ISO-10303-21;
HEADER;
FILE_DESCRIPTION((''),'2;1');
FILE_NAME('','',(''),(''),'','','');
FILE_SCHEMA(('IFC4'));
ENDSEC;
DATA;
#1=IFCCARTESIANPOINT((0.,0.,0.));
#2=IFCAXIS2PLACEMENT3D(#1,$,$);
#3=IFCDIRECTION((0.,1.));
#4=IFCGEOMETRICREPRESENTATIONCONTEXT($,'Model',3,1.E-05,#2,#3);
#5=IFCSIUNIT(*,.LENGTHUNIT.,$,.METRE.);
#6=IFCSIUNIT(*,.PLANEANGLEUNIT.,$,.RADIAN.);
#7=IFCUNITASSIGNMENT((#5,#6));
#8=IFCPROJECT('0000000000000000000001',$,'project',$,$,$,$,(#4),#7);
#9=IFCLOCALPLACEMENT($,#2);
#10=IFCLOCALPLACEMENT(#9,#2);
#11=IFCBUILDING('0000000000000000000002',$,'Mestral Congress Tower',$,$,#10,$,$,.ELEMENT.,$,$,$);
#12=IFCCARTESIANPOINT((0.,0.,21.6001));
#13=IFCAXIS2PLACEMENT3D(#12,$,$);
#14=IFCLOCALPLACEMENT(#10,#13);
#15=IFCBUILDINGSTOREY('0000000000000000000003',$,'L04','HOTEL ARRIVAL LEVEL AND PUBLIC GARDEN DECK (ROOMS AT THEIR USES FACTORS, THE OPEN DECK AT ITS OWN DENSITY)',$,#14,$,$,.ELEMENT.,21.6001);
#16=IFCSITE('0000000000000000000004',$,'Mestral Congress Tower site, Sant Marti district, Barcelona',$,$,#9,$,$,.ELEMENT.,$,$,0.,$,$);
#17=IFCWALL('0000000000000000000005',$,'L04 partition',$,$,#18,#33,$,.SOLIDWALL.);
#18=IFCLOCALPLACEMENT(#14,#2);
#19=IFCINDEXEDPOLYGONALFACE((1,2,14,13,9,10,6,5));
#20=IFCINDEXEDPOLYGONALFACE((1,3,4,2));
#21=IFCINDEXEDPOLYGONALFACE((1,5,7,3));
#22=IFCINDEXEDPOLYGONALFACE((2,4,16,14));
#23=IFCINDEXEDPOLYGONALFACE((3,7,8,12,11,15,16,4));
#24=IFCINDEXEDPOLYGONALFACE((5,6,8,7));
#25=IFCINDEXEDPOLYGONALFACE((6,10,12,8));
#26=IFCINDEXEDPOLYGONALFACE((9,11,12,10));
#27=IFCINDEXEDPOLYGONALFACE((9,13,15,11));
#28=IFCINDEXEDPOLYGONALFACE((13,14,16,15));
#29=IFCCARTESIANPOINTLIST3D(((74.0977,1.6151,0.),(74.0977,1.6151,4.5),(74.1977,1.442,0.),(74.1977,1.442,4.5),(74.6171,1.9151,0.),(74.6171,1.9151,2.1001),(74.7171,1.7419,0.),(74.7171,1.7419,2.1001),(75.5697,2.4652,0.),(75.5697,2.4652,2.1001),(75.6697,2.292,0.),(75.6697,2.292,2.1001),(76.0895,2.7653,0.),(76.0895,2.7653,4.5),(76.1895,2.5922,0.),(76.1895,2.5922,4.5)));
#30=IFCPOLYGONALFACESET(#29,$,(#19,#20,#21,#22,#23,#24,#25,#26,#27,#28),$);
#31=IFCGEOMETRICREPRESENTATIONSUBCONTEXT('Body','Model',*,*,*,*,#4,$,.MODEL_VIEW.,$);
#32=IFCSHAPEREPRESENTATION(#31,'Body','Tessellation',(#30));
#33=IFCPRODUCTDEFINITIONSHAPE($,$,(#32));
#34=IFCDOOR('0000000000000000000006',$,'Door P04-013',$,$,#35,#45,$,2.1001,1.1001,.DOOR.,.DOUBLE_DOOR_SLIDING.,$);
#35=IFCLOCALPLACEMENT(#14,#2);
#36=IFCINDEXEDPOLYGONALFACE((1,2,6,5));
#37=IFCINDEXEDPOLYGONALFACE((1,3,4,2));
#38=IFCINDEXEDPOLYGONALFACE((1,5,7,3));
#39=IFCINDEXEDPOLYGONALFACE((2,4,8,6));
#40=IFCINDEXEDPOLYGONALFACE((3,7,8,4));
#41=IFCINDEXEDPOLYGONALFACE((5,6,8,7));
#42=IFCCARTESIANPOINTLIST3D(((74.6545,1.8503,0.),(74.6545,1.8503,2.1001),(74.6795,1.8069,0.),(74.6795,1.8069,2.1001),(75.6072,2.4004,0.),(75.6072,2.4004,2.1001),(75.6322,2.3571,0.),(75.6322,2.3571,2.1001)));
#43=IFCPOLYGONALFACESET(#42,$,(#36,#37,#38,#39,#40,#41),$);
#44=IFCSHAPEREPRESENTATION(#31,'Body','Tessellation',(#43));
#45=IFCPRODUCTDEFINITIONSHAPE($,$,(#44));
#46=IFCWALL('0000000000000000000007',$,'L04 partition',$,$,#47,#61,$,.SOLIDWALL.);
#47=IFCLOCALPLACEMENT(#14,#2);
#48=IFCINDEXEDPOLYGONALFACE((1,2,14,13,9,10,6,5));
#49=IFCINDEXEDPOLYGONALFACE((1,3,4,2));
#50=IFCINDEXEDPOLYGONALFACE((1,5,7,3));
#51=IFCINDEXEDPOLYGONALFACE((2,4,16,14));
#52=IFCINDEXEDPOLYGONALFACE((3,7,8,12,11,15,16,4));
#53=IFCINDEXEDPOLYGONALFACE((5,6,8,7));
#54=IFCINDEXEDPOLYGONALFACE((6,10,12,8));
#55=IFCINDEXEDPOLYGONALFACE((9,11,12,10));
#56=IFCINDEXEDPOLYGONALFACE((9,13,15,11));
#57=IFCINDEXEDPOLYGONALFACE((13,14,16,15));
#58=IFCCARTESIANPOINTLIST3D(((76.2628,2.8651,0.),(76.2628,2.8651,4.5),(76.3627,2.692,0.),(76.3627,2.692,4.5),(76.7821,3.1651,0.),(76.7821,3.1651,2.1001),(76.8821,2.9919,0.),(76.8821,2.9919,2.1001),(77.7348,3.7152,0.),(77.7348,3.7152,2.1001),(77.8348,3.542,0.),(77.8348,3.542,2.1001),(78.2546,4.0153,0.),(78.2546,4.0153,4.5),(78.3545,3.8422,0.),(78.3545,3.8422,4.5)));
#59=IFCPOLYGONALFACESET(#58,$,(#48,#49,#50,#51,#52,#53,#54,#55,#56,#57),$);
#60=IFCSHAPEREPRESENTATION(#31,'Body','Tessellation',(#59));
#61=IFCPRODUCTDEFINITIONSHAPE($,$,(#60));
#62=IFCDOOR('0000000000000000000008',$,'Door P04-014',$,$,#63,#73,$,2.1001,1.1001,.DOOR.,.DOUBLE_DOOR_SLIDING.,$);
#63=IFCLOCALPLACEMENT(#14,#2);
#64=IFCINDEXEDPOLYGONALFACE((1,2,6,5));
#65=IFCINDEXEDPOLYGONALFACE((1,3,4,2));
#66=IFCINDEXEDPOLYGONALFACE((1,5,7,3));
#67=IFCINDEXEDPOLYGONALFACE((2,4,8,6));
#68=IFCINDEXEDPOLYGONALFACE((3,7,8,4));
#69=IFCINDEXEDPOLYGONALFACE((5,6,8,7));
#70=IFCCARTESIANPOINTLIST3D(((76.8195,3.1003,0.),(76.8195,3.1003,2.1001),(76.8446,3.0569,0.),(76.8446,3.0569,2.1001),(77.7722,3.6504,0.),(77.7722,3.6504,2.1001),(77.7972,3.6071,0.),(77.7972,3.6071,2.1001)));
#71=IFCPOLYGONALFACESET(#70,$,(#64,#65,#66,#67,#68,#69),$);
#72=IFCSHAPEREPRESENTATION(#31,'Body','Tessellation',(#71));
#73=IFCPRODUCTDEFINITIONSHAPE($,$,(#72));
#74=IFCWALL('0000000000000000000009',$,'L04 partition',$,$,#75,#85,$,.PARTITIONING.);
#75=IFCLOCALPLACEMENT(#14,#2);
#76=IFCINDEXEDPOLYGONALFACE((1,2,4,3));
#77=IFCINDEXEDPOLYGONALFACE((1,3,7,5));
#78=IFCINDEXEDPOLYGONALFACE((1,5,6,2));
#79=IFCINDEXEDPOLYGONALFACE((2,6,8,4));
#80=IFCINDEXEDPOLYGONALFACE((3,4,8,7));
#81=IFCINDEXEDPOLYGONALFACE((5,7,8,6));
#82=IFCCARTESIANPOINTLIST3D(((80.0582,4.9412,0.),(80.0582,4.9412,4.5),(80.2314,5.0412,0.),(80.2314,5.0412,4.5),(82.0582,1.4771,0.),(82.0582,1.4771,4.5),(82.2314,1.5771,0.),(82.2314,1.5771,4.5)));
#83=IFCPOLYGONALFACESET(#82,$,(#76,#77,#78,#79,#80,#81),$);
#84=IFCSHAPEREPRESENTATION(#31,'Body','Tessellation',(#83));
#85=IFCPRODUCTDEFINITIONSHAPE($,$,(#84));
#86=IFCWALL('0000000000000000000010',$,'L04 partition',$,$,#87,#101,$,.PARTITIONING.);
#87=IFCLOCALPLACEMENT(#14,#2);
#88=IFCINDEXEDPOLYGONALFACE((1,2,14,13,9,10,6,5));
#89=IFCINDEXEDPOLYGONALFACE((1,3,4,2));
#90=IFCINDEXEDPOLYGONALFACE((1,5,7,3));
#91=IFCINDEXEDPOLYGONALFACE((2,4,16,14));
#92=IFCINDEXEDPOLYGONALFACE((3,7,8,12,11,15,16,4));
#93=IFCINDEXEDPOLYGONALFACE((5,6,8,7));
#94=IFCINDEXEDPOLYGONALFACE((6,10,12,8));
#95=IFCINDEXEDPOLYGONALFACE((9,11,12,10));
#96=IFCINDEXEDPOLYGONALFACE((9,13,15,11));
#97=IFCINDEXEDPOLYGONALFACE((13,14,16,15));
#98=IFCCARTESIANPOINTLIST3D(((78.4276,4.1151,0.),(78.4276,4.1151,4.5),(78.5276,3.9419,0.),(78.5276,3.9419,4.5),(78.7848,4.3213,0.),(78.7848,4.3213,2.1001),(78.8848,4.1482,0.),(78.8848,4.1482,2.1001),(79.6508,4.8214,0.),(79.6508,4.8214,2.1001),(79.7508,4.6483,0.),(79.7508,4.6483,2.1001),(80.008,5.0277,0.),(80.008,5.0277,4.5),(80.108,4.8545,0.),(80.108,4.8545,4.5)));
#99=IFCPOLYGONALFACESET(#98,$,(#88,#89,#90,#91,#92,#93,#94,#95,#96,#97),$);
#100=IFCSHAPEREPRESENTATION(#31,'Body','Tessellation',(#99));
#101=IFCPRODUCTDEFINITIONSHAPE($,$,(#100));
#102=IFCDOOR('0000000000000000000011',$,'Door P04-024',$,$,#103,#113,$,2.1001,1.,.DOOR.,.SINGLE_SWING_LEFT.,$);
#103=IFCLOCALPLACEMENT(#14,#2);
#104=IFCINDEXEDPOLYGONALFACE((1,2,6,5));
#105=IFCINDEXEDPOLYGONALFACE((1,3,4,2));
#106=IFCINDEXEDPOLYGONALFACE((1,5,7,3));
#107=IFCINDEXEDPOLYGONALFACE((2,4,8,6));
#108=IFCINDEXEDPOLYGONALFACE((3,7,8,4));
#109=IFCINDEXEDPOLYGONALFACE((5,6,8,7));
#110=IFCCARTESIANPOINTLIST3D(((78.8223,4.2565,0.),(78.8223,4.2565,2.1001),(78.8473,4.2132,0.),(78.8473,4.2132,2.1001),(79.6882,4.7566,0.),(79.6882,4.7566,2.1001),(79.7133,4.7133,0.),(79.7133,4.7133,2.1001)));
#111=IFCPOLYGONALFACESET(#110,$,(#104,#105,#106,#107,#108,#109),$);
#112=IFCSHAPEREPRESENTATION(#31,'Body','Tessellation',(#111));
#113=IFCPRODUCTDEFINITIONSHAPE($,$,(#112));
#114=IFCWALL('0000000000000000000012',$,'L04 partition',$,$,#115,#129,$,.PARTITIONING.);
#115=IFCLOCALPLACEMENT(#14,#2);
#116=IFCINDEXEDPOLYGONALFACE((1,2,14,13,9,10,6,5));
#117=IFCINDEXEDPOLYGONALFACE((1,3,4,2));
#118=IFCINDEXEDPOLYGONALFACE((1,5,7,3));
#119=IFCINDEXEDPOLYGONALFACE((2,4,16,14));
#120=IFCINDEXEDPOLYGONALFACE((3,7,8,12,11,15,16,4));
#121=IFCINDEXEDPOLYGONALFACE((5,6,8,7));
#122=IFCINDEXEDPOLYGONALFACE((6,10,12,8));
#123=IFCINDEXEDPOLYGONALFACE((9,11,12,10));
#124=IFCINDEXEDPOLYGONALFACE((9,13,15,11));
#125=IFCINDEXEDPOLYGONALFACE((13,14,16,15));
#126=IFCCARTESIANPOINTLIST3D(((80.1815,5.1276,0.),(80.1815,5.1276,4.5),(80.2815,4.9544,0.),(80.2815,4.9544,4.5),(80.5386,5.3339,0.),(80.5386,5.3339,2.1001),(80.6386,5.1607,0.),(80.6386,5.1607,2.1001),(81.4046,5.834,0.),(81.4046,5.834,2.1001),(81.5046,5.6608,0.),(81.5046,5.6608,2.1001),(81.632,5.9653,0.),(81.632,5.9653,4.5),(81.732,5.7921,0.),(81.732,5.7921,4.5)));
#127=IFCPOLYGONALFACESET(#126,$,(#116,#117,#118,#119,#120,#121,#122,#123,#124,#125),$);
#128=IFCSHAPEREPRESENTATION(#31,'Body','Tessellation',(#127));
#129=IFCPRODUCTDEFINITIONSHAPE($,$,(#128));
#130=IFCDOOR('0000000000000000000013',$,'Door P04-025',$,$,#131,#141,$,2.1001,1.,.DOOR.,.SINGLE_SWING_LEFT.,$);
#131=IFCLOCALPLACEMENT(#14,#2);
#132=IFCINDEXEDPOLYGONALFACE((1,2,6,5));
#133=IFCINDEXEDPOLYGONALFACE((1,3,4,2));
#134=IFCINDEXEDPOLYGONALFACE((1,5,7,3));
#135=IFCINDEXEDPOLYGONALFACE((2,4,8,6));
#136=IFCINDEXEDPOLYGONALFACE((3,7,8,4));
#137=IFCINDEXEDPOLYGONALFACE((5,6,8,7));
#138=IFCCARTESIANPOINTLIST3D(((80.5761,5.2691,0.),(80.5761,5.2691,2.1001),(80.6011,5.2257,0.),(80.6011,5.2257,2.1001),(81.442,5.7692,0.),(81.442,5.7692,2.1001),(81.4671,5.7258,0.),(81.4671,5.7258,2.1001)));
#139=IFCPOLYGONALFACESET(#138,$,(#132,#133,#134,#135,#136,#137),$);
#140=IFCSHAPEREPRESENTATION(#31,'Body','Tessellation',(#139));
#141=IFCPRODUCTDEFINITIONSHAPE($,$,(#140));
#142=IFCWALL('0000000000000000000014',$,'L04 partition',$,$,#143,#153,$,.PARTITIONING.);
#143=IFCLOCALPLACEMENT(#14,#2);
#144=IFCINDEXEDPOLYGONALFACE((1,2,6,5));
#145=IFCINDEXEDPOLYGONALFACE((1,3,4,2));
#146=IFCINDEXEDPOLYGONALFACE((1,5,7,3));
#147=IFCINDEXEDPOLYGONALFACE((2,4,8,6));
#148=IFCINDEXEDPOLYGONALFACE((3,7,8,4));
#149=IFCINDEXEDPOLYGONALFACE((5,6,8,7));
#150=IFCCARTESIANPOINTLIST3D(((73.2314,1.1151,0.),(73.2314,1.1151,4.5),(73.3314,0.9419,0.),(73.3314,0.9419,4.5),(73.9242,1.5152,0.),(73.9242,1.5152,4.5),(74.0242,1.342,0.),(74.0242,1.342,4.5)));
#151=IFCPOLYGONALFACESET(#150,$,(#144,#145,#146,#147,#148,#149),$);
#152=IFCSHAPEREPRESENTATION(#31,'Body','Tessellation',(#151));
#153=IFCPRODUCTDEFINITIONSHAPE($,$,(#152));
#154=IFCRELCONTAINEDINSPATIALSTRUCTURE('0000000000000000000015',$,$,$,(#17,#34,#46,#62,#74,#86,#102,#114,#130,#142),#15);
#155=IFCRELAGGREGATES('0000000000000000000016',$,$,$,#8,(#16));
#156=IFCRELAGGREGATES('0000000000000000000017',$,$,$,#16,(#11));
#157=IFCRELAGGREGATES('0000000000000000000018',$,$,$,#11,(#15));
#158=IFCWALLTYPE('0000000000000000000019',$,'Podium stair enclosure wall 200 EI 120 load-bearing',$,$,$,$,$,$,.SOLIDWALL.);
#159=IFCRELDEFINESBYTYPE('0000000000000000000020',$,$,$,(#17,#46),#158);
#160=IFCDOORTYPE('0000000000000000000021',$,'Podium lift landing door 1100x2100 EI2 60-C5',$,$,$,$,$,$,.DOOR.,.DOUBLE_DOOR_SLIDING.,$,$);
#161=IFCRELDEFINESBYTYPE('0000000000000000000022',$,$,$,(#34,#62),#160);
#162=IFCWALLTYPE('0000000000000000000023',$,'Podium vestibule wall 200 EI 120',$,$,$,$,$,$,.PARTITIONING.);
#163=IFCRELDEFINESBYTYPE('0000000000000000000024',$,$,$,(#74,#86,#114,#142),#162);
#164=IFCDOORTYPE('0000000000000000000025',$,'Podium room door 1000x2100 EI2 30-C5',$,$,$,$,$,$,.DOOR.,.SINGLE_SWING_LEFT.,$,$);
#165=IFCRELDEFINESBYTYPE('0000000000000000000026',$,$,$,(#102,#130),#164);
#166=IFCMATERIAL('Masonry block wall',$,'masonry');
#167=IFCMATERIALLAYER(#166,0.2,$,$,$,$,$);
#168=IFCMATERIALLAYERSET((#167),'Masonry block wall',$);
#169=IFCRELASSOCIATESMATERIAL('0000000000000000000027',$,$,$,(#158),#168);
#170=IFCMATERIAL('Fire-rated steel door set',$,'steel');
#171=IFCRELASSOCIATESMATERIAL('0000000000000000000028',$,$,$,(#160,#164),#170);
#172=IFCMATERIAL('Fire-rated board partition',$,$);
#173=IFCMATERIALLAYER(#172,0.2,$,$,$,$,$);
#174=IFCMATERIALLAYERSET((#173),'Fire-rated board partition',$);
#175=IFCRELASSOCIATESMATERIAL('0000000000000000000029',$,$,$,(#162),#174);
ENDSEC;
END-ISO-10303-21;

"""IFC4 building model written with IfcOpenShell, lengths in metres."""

from ifc_helpers import new_model, si_unit, direction, frame, frame_2d, origin, place, context, subcontext, project, spatial, rectangle, extrude, material, layer, layer_set, type_object, element, fill, save


model = new_model("IFC4")

# Units and contexts
model_context = context("Model", 3, precision=1e-05, world=origin(), true_north=direction((0.0, 1.0)))
body_context = subcontext(model_context, "Body", "Model", "MODEL_VIEW")
ifc_project = project(units=[si_unit("LENGTHUNIT", "METRE"), si_unit("PLANEANGLEUNIT", "RADIAN")], contexts=[model_context])

# Site, building, storey
site_placement = place(None, origin())
site = spatial("IfcSite", under=ifc_project, at=site_placement, Name="Mestral Congress Tower site, Sant Marti district, Barcelona", CompositionType="ELEMENT", RefElevation=0.0)
building_placement = place(site_placement, origin())
building = spatial("IfcBuilding", under=site, at=building_placement, Name="Mestral Congress Tower", CompositionType="ELEMENT")
storey_placement = place(building_placement, frame((0.0, 0.0, 21.6001)))
storey = spatial("IfcBuildingStorey", under=building, at=storey_placement, Name="L04", Description="HOTEL ARRIVAL LEVEL AND PUBLIC GARDEN DECK (ROOMS AT THEIR USES FACTORS, THE OPEN DECK AT ITS OWN DENSITY)", CompositionType="ELEMENT", Elevation=21.6001)

# Shared definitions
ifc_material_1 = material(Name="Masonry block wall", Category="masonry")
ifc_layer_1 = layer(ifc_material_1, 0.2)
ifc_layer_set_1 = layer_set([ifc_layer_1], Name="Masonry block wall")
wall_type_1 = type_object("IfcWallType", Name="Podium stair enclosure wall 200 EI 120 load-bearing", PredefinedType="SOLIDWALL", material=ifc_layer_set_1)

# Walls, openings, doors
wall_1_placement = place(storey_placement, frame((76.1394, 2.6787, 0.0), z_axis=(0.0, 0.0, 1.0), x_axis=(-0.865981, -0.500078, 0.0)))
wall_1 = element("IfcWall", 1, at=wall_1_placement, inside=storey, type_object=wall_type_1, Name="L04 partition", PredefinedType="SOLIDWALL", context=body_context, shape_type="SweptSolid", body=[
    extrude(rectangle(XDim=2.3, YDim=0.2, at=frame_2d((1.1499, 0.0))), origin(), (0.0, 0.0, 1.0), 4.5),
])
opening_1_placement = place(wall_1_placement, frame((0.6001, 0.0, 0.0)))
opening_1 = element("IfcOpeningElement", 2, at=opening_1_placement, cuts=wall_1, PredefinedType="OPENING", context=body_context, shape_type="SweptSolid", body=[
    extrude(rectangle(XDim=1.1001, YDim=2.1001, at=frame_2d((0.55, 1.05))), frame((0.0, 0.1099, 0.0), z_axis=(0.0, -1.0, 0.0), x_axis=(1.0, 0.0, 0.0)), (0.0, 0.0, 1.0), 0.22),
])
ifc_material_2 = material(Name="Fire-rated steel door set", Category="steel")
door_type_1 = type_object("IfcDoorType", Name="Podium lift landing door 1100x2100 EI2 60-C5", OperationType="DOUBLE_DOOR_SLIDING", PredefinedType="DOOR", material=ifc_material_2)
door_1_placement = place(opening_1_placement, origin())
door_1 = element("IfcDoor", 3, at=door_1_placement, inside=storey, type_object=door_type_1, Name="Door P04-013", OperationType="DOUBLE_DOOR_SLIDING", OverallHeight=2.1001, OverallWidth=1.1001, PredefinedType="DOOR", context=body_context, shape_type="SweptSolid", body=[
    extrude(rectangle(XDim=1.1001, YDim=2.1001, at=frame_2d((0.55, 1.05))), frame((0.0, 0.0249, 0.0), z_axis=(0.0, -1.0, 0.0), x_axis=(1.0, 0.0, 0.0)), (0.0, 0.0, 1.0), 0.05),
])
fill(opening_1, door_1)
wall_2_placement = place(storey_placement, frame((78.3044, 3.9287, 0.0), z_axis=(0.0, 0.0, 1.0), x_axis=(-0.865981, -0.500078, 0.0)))
wall_2 = element("IfcWall", 4, at=wall_2_placement, inside=storey, type_object=wall_type_1, Name="L04 partition", PredefinedType="SOLIDWALL", context=body_context, shape_type="SweptSolid", body=[
    extrude(rectangle(XDim=2.3, YDim=0.2, at=frame_2d((1.1499, 0.0))), origin(), (0.0, 0.0, 1.0), 4.5),
])
opening_2_placement = place(wall_2_placement, frame((0.6001, 0.0, 0.0)))
opening_2 = element("IfcOpeningElement", 5, at=opening_2_placement, cuts=wall_2, PredefinedType="OPENING", context=body_context, shape_type="SweptSolid", body=[
    extrude(rectangle(XDim=1.1001, YDim=2.1001, at=frame_2d((0.55, 1.05))), frame((0.0, 0.1099, 0.0), z_axis=(0.0, -1.0, 0.0), x_axis=(1.0, 0.0, 0.0)), (0.0, 0.0, 1.0), 0.22),
])
door_2_placement = place(opening_2_placement, origin())
door_2 = element("IfcDoor", 6, at=door_2_placement, inside=storey, type_object=door_type_1, Name="Door P04-014", OperationType="DOUBLE_DOOR_SLIDING", OverallHeight=2.1001, OverallWidth=1.1001, PredefinedType="DOOR", context=body_context, shape_type="SweptSolid", body=[
    extrude(rectangle(XDim=1.1001, YDim=2.1001, at=frame_2d((0.55, 1.05))), frame((0.0, 0.0249, 0.0), z_axis=(0.0, -1.0, 0.0), x_axis=(1.0, 0.0, 0.0)), (0.0, 0.0, 1.0), 0.05),
])
fill(opening_2, door_2)

# Wall
ifc_material_3 = material(Name="Fire-rated board partition")
ifc_layer_2 = layer(ifc_material_3, 0.2)
ifc_layer_set_2 = layer_set([ifc_layer_2], Name="Fire-rated board partition")
wall_type_2 = type_object("IfcWallType", Name="Podium vestibule wall 200 EI 120", PredefinedType="PARTITIONING", material=ifc_layer_set_2)
wall_3_placement = place(storey_placement, frame((82.1448, 1.5271, 0.0), z_axis=(0.0, 0.0, 1.0), x_axis=(-0.499999, 0.866026, 0.0)))
element("IfcWall", 7, at=wall_3_placement, inside=storey, type_object=wall_type_2, Name="L04 partition", PredefinedType="PARTITIONING", context=body_context, shape_type="SweptSolid", body=[
    extrude(rectangle(XDim=4.0, YDim=0.2, at=frame_2d((2.0, 0.0))), origin(), (0.0, 0.0, 1.0), 4.5),
])

# Walls, openings, doors
wall_4_placement = place(storey_placement, frame((80.0581, 4.9412, 0.0), z_axis=(0.0, 0.0, 1.0), x_axis=(-0.865978, -0.500081, 0.0)))
wall_4 = element("IfcWall", 8, at=wall_4_placement, inside=storey, type_object=wall_type_2, Name="L04 partition", PredefinedType="PARTITIONING", context=body_context, shape_type="SweptSolid", body=[
    extrude(rectangle(XDim=1.825, YDim=0.2, at=frame_2d((0.9126, 0.0))), origin(), (0.0, 0.0, 1.0), 4.5),
])
opening_3_placement = place(wall_4_placement, frame((0.4126, 0.0, 0.0)))
opening_3 = element("IfcOpeningElement", 9, at=opening_3_placement, cuts=wall_4, PredefinedType="OPENING", context=body_context, shape_type="SweptSolid", body=[
    extrude(rectangle(XDim=1.0, YDim=2.1001, at=frame_2d((0.5, 1.05))), frame((0.0, 0.1099, 0.0), z_axis=(0.0, -1.0, 0.0), x_axis=(1.0, 0.0, 0.0)), (0.0, 0.0, 1.0), 0.22),
])
door_type_2 = type_object("IfcDoorType", Name="Podium room door 1000x2100 EI2 30-C5", OperationType="SINGLE_SWING_LEFT", PredefinedType="DOOR", material=ifc_material_2)
door_3_placement = place(opening_3_placement, origin())
door_3 = element("IfcDoor", 10, at=door_3_placement, inside=storey, type_object=door_type_2, Name="Door P04-024", OperationType="SINGLE_SWING_LEFT", OverallHeight=2.1001, OverallWidth=1.0, PredefinedType="DOOR", context=body_context, shape_type="SweptSolid", body=[
    extrude(rectangle(XDim=1.0, YDim=2.1001, at=frame_2d((0.5, 1.05))), frame((0.0, 0.0249, 0.0), z_axis=(0.0, -1.0, 0.0), x_axis=(1.0, 0.0, 0.0)), (0.0, 0.0, 1.0), 0.05),
])
fill(opening_3, door_3)
wall_5_placement = place(storey_placement, frame((81.6819, 5.8787, 0.0), z_axis=(0.0, 0.0, 1.0), x_axis=(-0.865965, -0.500105, 0.0)))
wall_5 = element("IfcWall", 11, at=wall_5_placement, inside=storey, type_object=wall_type_2, Name="L04 partition", PredefinedType="PARTITIONING", context=body_context, shape_type="SweptSolid", body=[
    extrude(rectangle(XDim=1.675, YDim=0.2, at=frame_2d((0.8374, 0.0))), origin(), (0.0, 0.0, 1.0), 4.5),
])
opening_4_placement = place(wall_5_placement, frame((0.2625, 0.0, 0.0)))
opening_4 = element("IfcOpeningElement", 12, at=opening_4_placement, cuts=wall_5, PredefinedType="OPENING", context=body_context, shape_type="SweptSolid", body=[
    extrude(rectangle(XDim=1.0, YDim=2.1001, at=frame_2d((0.5, 1.05))), frame((0.0, 0.1099, 0.0), z_axis=(0.0, -1.0, 0.0), x_axis=(1.0, 0.0, 0.0)), (0.0, 0.0, 1.0), 0.22),
])
door_4_placement = place(opening_4_placement, origin())
door_4 = element("IfcDoor", 13, at=door_4_placement, inside=storey, type_object=door_type_2, Name="Door P04-025", OperationType="SINGLE_SWING_LEFT", OverallHeight=2.1001, OverallWidth=1.0, PredefinedType="DOOR", context=body_context, shape_type="SweptSolid", body=[
    extrude(rectangle(XDim=1.0, YDim=2.1001, at=frame_2d((0.5, 1.05))), frame((0.0, 0.0249, 0.0), z_axis=(0.0, -1.0, 0.0), x_axis=(1.0, 0.0, 0.0)), (0.0, 0.0, 1.0), 0.05),
])
fill(opening_4, door_4)

# Wall
wall_6_placement = place(storey_placement, frame((73.2815, 1.0286, 0.0), z_axis=(0.0, 0.0, 1.0), x_axis=(0.865962, 0.50011, 0.0)))
element("IfcWall", 14, at=wall_6_placement, inside=storey, type_object=wall_type_2, Name="L04 partition", PredefinedType="PARTITIONING", context=body_context, shape_type="SweptSolid", body=[
    extrude(rectangle(XDim=0.8, YDim=0.2, at=frame_2d((0.3999, 0.0))), origin(), (0.0, 0.0, 1.0), 4.5),
])

save(model, "model.ifc")
